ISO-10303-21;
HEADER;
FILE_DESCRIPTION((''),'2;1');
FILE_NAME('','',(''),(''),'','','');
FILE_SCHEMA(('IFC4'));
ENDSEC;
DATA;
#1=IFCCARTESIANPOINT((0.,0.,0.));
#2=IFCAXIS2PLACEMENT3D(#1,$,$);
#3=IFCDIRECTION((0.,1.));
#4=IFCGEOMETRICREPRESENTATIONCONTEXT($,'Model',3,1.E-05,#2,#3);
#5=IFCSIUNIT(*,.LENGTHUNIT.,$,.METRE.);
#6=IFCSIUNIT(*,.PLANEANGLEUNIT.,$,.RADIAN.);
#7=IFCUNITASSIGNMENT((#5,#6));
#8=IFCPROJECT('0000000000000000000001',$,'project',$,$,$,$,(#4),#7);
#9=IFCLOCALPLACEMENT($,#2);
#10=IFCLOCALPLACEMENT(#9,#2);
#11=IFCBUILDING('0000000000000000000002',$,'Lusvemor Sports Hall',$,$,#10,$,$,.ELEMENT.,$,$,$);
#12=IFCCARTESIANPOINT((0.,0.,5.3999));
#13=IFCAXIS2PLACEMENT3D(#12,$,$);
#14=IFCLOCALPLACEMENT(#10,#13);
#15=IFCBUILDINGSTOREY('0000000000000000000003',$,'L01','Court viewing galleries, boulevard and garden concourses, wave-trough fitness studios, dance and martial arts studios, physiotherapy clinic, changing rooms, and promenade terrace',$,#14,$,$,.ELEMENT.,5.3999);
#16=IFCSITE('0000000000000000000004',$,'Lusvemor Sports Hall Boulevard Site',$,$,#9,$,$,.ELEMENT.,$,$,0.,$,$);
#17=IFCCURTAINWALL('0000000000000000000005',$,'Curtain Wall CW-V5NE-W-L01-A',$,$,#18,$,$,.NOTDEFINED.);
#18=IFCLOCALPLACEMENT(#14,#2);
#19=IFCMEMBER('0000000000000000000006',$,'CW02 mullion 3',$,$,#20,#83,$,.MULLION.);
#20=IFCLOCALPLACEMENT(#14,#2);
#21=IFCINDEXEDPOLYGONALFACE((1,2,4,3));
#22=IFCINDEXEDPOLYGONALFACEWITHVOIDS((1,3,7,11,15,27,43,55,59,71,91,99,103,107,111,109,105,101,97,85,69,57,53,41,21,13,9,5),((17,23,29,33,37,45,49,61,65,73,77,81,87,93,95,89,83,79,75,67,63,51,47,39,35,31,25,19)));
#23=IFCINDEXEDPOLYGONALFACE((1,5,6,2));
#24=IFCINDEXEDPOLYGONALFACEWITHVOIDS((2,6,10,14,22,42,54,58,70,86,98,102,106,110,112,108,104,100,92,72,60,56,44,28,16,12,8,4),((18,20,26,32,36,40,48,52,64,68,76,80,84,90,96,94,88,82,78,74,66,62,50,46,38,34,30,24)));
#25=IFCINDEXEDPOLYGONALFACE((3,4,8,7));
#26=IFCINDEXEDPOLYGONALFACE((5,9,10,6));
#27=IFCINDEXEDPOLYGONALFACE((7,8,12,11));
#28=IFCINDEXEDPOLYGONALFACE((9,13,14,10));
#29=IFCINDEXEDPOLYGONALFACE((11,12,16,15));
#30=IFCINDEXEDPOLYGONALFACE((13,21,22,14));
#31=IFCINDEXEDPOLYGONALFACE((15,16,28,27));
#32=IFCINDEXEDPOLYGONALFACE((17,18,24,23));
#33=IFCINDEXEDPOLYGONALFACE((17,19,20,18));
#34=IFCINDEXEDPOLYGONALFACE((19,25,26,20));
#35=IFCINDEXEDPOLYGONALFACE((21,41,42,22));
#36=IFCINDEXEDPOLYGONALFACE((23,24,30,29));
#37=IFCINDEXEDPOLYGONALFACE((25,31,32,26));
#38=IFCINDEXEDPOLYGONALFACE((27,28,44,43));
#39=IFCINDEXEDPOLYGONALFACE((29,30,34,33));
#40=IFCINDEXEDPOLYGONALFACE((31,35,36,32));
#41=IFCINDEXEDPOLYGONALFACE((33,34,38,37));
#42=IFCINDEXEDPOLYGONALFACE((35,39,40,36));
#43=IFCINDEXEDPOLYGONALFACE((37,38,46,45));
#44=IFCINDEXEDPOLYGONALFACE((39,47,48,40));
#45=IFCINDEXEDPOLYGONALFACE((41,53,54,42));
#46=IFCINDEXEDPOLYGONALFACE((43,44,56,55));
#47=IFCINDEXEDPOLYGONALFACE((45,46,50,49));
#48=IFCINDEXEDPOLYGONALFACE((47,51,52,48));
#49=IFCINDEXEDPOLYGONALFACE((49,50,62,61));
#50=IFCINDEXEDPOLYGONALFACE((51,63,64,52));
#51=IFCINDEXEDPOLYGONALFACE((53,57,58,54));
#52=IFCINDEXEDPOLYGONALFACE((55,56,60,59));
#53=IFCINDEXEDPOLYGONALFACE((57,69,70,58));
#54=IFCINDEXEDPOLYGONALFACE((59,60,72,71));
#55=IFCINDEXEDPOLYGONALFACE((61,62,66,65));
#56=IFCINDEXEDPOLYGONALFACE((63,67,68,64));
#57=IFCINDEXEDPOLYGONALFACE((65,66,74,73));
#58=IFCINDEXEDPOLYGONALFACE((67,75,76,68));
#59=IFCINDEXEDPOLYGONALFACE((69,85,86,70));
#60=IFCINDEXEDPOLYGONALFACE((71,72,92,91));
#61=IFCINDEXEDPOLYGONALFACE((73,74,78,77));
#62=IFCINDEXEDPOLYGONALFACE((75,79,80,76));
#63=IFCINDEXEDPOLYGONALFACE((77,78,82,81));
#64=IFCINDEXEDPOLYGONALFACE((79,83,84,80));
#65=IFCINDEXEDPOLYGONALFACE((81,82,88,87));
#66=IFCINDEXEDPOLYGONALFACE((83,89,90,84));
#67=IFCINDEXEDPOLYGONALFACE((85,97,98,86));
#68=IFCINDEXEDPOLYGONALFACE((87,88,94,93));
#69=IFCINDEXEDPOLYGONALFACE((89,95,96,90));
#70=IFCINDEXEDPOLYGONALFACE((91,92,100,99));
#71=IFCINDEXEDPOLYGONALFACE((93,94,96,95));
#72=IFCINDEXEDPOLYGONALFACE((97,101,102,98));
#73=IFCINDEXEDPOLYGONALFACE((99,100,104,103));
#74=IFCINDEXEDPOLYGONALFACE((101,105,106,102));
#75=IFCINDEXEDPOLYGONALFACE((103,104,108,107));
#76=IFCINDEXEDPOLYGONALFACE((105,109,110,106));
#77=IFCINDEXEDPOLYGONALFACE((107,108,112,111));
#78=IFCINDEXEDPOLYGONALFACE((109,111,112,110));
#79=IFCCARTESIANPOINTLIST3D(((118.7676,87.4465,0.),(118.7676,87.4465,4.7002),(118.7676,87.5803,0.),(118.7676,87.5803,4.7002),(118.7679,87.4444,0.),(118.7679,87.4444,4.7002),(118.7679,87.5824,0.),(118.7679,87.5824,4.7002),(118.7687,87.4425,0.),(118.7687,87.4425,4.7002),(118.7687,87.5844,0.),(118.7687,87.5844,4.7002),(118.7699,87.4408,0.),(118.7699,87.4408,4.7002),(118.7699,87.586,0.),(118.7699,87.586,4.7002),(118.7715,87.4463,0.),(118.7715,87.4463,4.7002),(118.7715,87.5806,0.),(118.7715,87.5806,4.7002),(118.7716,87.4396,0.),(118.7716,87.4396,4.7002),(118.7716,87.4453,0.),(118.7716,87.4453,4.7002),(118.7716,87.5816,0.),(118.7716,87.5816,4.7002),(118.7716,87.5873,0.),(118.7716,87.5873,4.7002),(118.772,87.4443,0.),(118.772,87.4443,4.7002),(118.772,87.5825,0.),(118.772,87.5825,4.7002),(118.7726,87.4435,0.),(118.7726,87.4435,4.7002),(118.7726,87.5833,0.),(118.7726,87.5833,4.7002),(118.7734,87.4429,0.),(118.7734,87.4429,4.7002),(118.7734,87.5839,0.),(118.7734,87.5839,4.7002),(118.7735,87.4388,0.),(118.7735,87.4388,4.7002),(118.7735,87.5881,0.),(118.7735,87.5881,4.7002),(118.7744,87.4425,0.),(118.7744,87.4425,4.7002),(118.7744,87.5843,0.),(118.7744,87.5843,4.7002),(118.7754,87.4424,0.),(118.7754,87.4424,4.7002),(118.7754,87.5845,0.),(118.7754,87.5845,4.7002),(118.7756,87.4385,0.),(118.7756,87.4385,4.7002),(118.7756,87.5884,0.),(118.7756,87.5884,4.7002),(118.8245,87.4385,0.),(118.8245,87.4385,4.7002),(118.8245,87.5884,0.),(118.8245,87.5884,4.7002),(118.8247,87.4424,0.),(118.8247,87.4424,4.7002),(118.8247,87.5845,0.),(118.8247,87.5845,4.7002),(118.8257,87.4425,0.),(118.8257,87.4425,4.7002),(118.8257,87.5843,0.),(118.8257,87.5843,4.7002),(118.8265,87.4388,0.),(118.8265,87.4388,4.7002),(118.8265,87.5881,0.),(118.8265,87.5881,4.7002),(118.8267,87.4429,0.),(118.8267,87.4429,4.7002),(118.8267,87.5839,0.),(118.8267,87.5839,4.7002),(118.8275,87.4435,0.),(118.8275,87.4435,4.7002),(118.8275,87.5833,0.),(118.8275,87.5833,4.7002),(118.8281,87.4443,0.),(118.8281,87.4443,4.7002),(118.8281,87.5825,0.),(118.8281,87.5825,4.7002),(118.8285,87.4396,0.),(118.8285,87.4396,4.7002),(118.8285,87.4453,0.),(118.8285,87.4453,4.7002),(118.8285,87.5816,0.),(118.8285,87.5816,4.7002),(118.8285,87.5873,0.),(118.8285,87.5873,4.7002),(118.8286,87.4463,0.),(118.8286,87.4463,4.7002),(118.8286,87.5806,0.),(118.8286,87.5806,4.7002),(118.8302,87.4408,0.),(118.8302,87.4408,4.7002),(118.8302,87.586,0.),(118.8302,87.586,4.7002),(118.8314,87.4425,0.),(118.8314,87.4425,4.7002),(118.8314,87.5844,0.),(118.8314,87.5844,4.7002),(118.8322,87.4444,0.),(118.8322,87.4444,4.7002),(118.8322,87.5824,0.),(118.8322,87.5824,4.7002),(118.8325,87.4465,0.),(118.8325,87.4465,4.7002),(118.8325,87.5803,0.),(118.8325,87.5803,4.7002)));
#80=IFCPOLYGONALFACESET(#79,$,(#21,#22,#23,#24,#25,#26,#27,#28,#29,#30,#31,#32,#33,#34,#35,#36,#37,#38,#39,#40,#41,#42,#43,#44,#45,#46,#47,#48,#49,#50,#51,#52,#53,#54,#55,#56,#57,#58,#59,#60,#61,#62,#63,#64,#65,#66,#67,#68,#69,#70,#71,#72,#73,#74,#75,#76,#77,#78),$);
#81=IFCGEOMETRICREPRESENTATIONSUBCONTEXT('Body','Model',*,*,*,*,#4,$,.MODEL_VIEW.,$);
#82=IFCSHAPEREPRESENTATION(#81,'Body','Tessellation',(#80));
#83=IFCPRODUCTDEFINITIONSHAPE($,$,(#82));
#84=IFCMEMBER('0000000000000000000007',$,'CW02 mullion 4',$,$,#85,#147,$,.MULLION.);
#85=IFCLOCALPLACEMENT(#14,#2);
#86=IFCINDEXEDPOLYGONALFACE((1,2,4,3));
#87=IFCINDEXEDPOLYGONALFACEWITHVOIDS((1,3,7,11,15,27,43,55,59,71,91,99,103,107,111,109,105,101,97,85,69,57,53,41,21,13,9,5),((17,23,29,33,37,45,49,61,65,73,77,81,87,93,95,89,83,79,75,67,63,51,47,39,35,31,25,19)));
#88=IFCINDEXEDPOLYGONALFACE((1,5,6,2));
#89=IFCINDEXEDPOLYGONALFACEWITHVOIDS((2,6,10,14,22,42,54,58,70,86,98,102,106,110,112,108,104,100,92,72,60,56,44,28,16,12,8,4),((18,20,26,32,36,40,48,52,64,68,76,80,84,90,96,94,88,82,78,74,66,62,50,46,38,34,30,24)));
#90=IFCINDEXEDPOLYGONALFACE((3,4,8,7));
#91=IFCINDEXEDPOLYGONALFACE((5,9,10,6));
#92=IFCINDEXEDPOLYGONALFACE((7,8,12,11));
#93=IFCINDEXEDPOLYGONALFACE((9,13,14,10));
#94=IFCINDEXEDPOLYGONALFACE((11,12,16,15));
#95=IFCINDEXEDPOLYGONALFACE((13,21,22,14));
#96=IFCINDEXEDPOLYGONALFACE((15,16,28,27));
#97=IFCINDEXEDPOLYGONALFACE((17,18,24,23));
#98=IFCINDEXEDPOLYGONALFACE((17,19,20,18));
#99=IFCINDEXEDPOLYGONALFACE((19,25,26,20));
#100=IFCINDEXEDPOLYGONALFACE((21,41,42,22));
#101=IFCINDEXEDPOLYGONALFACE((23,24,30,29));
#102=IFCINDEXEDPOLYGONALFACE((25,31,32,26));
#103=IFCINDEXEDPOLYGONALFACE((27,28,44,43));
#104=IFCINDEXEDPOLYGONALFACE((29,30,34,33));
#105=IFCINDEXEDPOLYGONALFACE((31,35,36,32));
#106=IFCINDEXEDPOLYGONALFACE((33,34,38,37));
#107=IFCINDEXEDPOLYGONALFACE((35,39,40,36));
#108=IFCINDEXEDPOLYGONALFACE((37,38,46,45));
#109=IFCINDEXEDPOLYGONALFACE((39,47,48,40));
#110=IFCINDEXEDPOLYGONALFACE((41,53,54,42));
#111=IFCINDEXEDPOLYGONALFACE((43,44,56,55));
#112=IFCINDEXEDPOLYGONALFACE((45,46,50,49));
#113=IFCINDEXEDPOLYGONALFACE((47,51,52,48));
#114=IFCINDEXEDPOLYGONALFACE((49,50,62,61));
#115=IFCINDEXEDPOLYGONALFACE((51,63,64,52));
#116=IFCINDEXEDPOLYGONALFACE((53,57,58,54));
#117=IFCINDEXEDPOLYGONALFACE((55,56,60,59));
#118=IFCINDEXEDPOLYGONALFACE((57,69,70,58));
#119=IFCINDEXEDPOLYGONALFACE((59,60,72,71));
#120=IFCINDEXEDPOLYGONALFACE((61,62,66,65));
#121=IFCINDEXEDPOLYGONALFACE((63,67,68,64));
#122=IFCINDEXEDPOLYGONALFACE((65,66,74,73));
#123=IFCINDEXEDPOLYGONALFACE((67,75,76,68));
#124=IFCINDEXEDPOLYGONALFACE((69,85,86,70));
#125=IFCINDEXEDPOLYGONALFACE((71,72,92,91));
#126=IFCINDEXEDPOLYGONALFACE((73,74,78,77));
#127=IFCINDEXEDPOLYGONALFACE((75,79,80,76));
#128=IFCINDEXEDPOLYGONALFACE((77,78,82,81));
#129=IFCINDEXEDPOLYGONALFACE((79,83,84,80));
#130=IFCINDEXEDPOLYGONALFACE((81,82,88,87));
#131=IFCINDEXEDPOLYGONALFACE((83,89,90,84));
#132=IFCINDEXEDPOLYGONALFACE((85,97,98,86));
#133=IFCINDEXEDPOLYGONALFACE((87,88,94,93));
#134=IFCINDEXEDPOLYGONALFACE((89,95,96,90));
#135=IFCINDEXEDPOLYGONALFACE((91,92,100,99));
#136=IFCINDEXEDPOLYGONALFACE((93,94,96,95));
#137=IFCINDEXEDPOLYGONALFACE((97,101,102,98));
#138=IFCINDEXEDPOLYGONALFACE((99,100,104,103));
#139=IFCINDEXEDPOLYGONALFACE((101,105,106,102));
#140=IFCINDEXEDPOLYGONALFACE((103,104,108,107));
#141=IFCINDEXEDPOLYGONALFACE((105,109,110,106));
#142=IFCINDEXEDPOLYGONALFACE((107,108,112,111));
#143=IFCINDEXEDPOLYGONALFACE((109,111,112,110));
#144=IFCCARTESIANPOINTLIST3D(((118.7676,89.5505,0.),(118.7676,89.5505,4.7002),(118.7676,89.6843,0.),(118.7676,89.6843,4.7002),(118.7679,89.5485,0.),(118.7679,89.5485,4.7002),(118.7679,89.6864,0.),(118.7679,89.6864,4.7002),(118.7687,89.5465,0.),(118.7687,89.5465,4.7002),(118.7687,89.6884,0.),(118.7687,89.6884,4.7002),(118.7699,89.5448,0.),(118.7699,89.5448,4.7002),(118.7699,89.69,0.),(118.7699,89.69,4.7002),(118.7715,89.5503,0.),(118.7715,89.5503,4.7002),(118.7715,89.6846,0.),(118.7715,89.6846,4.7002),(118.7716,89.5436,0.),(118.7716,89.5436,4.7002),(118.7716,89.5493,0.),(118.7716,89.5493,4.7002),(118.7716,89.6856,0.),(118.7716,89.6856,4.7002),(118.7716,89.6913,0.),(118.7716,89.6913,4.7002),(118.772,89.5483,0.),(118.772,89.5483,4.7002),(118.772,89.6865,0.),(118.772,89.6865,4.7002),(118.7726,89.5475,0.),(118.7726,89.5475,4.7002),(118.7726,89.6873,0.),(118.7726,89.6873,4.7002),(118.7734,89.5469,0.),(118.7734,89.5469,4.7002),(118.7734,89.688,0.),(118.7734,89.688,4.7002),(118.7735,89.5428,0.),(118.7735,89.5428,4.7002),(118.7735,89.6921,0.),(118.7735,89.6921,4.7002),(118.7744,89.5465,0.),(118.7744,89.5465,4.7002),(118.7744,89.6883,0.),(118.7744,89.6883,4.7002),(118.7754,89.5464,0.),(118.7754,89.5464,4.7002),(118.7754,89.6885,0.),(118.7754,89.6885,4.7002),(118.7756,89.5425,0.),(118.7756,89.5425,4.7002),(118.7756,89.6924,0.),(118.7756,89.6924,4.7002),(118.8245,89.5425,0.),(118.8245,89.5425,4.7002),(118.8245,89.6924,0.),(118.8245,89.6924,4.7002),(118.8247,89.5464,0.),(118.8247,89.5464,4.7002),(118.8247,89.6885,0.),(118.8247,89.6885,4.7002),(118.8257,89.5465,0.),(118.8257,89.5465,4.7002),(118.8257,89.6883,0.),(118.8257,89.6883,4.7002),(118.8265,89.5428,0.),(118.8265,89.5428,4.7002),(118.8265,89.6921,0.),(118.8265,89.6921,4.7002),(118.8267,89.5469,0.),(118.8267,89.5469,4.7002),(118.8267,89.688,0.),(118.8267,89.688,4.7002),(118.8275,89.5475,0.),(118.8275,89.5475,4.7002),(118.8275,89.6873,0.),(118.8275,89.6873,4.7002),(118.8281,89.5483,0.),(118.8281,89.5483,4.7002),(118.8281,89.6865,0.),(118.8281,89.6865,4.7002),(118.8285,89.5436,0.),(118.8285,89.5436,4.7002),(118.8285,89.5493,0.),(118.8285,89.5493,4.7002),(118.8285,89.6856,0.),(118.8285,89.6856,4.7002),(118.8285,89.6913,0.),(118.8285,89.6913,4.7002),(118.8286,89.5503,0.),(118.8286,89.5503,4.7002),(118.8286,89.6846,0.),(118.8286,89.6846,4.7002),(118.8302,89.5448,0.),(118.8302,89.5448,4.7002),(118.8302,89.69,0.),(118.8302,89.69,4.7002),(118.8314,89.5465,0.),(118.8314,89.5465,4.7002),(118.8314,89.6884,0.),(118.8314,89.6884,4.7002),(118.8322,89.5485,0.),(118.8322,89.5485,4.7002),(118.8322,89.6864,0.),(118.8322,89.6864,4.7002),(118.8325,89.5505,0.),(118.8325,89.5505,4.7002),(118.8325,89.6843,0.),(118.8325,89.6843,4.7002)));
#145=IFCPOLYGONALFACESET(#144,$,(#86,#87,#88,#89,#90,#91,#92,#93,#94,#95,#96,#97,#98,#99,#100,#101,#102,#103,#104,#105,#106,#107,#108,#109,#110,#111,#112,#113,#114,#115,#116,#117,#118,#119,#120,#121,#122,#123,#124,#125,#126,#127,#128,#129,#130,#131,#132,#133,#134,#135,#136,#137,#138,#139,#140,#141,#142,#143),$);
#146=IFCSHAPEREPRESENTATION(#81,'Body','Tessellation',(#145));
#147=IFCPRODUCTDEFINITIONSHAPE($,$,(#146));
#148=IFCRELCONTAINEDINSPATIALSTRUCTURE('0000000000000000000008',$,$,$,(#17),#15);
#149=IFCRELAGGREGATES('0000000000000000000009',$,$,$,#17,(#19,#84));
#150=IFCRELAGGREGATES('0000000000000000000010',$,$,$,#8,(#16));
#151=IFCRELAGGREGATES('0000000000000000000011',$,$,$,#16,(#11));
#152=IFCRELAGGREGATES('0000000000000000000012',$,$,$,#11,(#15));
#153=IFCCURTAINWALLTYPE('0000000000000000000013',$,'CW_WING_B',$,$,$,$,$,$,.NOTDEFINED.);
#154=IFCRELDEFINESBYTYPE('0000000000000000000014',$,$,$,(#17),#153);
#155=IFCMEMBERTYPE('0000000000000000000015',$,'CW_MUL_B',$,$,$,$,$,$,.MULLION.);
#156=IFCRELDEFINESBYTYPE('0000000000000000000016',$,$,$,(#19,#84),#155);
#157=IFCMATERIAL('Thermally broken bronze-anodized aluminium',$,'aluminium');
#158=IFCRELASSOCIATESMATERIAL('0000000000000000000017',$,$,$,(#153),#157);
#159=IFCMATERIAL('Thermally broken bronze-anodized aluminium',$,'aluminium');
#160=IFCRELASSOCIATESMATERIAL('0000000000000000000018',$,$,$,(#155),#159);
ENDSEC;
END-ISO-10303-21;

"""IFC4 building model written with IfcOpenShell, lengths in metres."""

from ifc_helpers import new_model, si_unit, direction, frame, origin, origin_2d, place, context, subcontext, project, spatial, hollow_rectangle, extrude, material, material_profile, profile_set, type_object, element, aggregate, save


model = new_model("IFC4")

# Units and contexts
model_context = context("Model", 3, precision=1e-05, world=origin(), true_north=direction((0.0, 1.0)))
body_context = subcontext(model_context, "Body", "Model", "MODEL_VIEW")
ifc_project = project(units=[si_unit("LENGTHUNIT", "METRE"), si_unit("PLANEANGLEUNIT", "RADIAN")], contexts=[model_context])

# Site, building, storey
site_placement = place(None, origin())
site = spatial("IfcSite", under=ifc_project, at=site_placement, Name="Lusvemor Sports Hall Boulevard Site", CompositionType="ELEMENT", RefElevation=0.0)
building_placement = place(site_placement, origin())
building = spatial("IfcBuilding", under=site, at=building_placement, Name="Lusvemor Sports Hall", CompositionType="ELEMENT")
storey_placement = place(building_placement, frame((0.0, 0.0, 5.3999)))
storey = spatial("IfcBuildingStorey", under=building, at=storey_placement, Name="L01", Description="Court viewing galleries, boulevard and garden concourses, wave-trough fitness studios, dance and martial arts studios, physiotherapy clinic, changing rooms, and promenade terrace", CompositionType="ELEMENT", Elevation=5.3999)

# Curtain wall, members
ifc_material_1 = material(Name="Thermally broken bronze-anodized aluminium", Category="aluminium")
curtain_wall_type = type_object("IfcCurtainWallType", Name="CW_WING_B", PredefinedType="NOTDEFINED", material=ifc_material_1)
curtain_wall_1_placement = place(storey_placement, origin())
curtain_wall_1 = element("IfcCurtainWall", 1, at=curtain_wall_1_placement, inside=storey, type_object=curtain_wall_type, Name="Curtain Wall CW-V5NE-W-L01-A", PredefinedType="NOTDEFINED")
ifc_material_2 = material(Name="Thermally broken bronze-anodized aluminium", Category="aluminium")
ifc_material_profile_1 = material_profile(ifc_material_2, hollow_rectangle(XDim=0.0649, YDim=0.1499, WallThickness=0.0039, InnerFilletRadius=0.0039, OuterFilletRadius=0.0081, at=origin_2d()), Name="CWMUL150x65x4")
ifc_profile_set_1 = profile_set([ifc_material_profile_1], Name="Thermally broken bronze-anodized aluminium")
member_type_1 = type_object("IfcMemberType", Name="CW_MUL_B", PredefinedType="MULLION", material=ifc_profile_set_1)
member_1_placement = place(storey_placement, frame((118.8, 87.5134, 0.0), z_axis=(0.0, 0.0, 1.0), x_axis=(-1.0, 0.0, 0.0)))
member_1 = element("IfcMember", 2, at=member_1_placement, type_object=member_type_1, Name="CW02 mullion 3", PredefinedType="MULLION", context=body_context, shape_type="SweptSolid", body=[
    extrude(hollow_rectangle(XDim=0.0649, YDim=0.1499, WallThickness=0.0039, InnerFilletRadius=0.0039, OuterFilletRadius=0.0081, at=origin_2d()), origin(), (0.0, 0.0, 1.0), 4.7002),
])
member_2_placement = place(storey_placement, frame((118.8, 89.6174, 0.0), z_axis=(0.0, 0.0, 1.0), x_axis=(-1.0, 0.0, 0.0)))
member_2 = element("IfcMember", 3, at=member_2_placement, type_object=member_type_1, Name="CW02 mullion 4", PredefinedType="MULLION", context=body_context, shape_type="SweptSolid", body=[
    extrude(hollow_rectangle(XDim=0.0649, YDim=0.1499, WallThickness=0.0039, InnerFilletRadius=0.0039, OuterFilletRadius=0.0081, at=origin_2d()), origin(), (0.0, 0.0, 1.0), 4.7002),
])

aggregate(curtain_wall_1, [member_1, member_2])

save(model, "model.ifc")
